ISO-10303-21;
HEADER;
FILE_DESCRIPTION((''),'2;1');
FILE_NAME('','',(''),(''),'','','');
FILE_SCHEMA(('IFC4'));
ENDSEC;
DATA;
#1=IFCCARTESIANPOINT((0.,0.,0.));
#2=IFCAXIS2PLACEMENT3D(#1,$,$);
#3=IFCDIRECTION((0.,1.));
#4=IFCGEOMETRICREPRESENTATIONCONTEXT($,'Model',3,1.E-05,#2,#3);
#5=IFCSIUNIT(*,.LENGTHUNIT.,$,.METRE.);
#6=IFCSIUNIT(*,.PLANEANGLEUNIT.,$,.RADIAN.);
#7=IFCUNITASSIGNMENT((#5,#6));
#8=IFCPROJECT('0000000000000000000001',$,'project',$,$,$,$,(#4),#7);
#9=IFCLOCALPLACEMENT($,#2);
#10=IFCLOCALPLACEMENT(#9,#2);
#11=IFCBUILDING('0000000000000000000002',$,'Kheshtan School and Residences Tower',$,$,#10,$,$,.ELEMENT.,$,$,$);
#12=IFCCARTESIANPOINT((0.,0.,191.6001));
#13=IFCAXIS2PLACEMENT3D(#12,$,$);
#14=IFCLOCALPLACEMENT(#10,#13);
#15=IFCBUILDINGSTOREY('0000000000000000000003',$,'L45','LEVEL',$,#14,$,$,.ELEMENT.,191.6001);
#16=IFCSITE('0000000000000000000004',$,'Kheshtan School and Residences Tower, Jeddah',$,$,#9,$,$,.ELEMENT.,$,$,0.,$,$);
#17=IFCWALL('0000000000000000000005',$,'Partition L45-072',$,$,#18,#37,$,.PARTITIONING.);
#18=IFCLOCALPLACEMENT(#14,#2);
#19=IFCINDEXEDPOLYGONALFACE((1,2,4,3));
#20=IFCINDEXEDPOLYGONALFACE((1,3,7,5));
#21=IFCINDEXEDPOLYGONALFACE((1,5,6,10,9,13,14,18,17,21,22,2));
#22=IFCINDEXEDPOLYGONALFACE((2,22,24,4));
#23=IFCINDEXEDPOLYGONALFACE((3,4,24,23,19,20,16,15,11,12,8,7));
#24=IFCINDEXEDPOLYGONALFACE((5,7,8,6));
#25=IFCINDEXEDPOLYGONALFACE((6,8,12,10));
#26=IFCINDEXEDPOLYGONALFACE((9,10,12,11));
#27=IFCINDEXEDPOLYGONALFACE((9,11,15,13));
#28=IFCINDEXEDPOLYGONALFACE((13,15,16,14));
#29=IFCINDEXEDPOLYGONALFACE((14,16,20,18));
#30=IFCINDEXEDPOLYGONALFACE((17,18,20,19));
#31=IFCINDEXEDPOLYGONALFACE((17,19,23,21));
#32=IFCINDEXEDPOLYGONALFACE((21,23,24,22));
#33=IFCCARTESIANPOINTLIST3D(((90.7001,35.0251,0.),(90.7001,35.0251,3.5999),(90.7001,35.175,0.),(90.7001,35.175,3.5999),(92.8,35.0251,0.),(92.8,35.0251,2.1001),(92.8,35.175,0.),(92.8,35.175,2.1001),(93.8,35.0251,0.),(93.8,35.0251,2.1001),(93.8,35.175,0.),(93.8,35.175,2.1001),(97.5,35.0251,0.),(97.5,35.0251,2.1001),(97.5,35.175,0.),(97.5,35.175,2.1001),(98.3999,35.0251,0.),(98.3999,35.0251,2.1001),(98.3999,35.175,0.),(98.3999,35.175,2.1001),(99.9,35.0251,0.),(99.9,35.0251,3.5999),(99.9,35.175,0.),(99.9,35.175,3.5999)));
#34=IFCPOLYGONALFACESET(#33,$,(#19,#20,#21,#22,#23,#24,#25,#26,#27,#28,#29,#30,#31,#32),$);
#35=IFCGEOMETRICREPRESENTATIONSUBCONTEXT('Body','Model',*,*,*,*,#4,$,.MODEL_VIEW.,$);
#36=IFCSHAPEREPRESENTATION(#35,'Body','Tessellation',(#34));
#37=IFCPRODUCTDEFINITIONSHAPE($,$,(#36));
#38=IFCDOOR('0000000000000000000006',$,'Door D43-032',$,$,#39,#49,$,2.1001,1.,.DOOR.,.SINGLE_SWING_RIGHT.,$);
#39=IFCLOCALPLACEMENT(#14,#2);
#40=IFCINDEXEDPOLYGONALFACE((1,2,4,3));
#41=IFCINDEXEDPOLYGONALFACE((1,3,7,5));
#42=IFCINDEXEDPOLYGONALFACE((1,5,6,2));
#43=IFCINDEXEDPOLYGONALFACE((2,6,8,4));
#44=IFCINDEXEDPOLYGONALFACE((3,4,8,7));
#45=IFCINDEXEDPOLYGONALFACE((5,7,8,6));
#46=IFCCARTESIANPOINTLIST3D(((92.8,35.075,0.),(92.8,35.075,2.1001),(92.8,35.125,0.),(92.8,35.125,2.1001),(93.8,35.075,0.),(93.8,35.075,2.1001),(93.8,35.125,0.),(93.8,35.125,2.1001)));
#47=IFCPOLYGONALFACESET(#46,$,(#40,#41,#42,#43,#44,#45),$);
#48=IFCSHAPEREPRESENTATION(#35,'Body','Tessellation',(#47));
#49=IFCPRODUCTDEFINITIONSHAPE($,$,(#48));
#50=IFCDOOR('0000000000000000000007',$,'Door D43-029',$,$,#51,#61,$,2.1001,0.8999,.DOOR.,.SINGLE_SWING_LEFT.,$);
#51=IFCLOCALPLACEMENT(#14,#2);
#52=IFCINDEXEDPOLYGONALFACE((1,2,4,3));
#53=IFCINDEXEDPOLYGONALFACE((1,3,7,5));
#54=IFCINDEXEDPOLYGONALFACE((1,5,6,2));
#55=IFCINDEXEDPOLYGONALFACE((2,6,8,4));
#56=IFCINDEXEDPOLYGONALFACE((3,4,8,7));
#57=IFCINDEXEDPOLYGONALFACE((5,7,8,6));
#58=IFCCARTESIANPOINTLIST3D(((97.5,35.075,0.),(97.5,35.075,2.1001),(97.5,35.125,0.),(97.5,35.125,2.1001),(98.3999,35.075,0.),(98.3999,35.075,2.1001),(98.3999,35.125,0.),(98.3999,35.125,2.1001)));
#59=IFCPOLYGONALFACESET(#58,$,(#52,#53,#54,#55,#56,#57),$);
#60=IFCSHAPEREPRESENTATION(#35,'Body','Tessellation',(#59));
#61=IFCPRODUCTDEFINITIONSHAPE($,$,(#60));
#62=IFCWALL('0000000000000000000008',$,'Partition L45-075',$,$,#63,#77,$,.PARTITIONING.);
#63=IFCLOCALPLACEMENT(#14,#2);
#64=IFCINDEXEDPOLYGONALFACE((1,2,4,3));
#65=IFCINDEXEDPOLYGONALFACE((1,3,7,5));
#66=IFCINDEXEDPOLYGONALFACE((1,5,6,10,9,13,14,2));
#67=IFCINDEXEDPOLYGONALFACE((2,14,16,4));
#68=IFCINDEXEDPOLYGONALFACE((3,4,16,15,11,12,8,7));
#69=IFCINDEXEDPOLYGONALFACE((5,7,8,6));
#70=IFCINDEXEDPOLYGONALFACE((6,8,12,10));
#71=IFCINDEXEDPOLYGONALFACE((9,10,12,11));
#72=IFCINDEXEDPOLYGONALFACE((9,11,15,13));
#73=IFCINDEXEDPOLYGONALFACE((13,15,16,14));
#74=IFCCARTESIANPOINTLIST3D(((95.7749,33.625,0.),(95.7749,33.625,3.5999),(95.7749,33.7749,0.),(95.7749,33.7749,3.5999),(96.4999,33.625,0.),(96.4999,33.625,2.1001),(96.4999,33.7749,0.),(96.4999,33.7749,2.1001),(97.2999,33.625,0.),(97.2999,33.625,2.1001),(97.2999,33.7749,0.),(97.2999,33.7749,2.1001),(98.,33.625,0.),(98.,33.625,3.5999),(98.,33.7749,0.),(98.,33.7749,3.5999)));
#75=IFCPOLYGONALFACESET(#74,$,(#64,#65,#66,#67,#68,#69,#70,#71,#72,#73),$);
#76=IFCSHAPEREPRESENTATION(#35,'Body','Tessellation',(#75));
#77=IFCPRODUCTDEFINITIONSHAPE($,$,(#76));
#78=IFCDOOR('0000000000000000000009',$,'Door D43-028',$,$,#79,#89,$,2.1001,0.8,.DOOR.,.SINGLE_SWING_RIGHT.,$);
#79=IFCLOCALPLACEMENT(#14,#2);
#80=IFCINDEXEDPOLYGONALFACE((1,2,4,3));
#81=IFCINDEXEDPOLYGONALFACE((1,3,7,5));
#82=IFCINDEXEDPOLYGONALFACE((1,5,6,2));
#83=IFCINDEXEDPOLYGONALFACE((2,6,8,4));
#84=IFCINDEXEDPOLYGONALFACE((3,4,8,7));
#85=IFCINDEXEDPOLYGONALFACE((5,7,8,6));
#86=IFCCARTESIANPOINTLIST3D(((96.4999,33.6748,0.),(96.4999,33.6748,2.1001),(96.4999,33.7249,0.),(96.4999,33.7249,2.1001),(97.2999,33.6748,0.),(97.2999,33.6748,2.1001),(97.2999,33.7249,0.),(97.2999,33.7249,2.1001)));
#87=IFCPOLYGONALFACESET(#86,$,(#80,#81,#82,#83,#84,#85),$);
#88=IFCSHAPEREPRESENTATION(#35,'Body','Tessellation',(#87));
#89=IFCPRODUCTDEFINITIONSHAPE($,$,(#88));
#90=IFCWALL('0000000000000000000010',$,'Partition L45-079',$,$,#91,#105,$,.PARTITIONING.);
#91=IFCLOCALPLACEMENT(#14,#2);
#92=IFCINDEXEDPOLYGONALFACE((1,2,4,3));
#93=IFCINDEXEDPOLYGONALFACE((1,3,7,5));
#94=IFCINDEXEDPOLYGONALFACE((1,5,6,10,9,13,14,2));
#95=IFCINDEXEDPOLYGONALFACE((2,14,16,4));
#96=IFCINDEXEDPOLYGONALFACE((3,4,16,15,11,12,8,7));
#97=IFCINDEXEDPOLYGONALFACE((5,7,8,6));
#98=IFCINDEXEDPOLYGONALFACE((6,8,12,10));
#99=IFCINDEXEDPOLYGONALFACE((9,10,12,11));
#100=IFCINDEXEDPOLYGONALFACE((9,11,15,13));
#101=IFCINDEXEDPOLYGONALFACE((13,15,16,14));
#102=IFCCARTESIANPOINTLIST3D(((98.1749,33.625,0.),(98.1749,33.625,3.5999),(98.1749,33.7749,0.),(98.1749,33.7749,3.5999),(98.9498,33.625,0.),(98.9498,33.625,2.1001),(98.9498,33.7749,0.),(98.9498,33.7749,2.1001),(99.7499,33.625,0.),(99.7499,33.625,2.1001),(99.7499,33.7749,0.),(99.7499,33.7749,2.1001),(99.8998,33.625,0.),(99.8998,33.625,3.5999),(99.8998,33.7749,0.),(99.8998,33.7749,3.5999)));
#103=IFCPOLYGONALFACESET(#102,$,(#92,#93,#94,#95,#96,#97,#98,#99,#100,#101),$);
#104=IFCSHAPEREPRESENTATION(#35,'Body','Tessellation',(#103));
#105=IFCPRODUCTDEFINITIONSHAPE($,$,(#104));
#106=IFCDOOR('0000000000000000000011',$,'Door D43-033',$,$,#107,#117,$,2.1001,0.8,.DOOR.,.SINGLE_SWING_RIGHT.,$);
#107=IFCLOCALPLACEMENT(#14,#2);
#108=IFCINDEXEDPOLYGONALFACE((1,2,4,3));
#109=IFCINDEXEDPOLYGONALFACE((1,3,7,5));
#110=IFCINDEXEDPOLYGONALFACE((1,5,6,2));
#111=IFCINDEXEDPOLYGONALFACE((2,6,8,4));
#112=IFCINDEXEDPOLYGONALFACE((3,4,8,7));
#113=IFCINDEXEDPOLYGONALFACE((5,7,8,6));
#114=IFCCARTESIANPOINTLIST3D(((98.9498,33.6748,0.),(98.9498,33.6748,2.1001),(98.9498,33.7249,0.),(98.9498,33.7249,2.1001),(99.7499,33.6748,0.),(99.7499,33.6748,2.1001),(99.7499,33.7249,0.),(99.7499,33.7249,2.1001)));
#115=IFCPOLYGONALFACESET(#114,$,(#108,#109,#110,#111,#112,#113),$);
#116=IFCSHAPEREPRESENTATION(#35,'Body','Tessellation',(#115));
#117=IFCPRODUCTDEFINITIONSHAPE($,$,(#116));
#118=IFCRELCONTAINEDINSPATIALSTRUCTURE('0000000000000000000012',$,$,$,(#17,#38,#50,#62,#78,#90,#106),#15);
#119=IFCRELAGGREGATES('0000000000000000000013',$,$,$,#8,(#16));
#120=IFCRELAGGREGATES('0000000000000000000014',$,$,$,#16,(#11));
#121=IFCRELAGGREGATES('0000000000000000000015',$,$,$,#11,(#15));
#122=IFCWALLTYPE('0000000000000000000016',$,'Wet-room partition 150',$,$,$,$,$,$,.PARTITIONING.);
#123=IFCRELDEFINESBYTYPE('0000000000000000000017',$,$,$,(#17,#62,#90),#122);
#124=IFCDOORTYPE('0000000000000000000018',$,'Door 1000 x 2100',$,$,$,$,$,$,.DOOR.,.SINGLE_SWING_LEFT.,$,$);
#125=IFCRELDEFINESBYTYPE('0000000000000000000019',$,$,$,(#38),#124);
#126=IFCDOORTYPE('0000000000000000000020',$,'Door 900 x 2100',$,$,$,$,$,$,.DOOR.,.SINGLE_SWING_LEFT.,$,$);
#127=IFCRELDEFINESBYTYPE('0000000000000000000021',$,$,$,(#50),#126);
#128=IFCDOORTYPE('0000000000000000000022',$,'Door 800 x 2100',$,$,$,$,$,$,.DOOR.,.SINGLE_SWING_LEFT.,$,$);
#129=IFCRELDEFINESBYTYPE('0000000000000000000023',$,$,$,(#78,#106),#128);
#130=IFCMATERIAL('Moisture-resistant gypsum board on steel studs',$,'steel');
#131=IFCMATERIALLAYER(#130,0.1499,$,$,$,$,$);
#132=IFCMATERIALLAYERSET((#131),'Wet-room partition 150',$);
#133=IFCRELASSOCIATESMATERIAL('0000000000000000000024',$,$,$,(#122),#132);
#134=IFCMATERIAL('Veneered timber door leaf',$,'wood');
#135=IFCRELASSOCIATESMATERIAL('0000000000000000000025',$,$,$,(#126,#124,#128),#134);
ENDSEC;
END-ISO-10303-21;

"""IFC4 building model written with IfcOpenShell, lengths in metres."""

from ifc_helpers import new_model, si_unit, direction, frame, frame_2d, origin, place, context, subcontext, project, spatial, rectangle, extrude, source, transform, mapped, material, layer, layer_set, type_object, element, fill, save


model = new_model("IFC4")

# Units and contexts
model_context = context("Model", 3, precision=1e-05, world=origin(), true_north=direction((0.0, 1.0)))
body_context = subcontext(model_context, "Body", "Model", "MODEL_VIEW")
ifc_project = project(units=[si_unit("LENGTHUNIT", "METRE"), si_unit("PLANEANGLEUNIT", "RADIAN")], contexts=[model_context])

# Site, building, storey
site_placement = place(None, origin())
site = spatial("IfcSite", under=ifc_project, at=site_placement, Name="Kheshtan School and Residences Tower, Jeddah", CompositionType="ELEMENT", RefElevation=0.0)
building_placement = place(site_placement, origin())
building = spatial("IfcBuilding", under=site, at=building_placement, Name="Kheshtan School and Residences Tower", CompositionType="ELEMENT")
storey_placement = place(building_placement, frame((0.0, 0.0, 191.6001)))
storey = spatial("IfcBuildingStorey", under=building, at=storey_placement, Name="L45", Description="LEVEL", CompositionType="ELEMENT", Elevation=191.6001)

# Shared definitions
ifc_material_1 = material(Name="Moisture-resistant gypsum board on steel studs", Category="steel")
ifc_layer_1 = layer(ifc_material_1, 0.1499)
ifc_layer_set_1 = layer_set([ifc_layer_1], Name="Wet-room partition 150")
wall_type_1 = type_object("IfcWallType", Name="Wet-room partition 150", PredefinedType="PARTITIONING", material=ifc_layer_set_1)

# Shared definitions
ifc_material_2 = material(Name="Veneered timber door leaf", Category="wood")
door_type_1 = type_object("IfcDoorType", Name="Door 900 x 2100", OperationType="SINGLE_SWING_LEFT", PredefinedType="DOOR", material=ifc_material_2)
shared_shape_1 = source(origin(), body_context, "Body", "SweptSolid", [
    extrude(rectangle(XDim=0.8999, YDim=2.1001, at=frame_2d((0.45, 1.05))), frame((0.0, 0.0249, 0.0), z_axis=(0.0, -1.0, 0.0), x_axis=(1.0, 0.0, 0.0)), (0.0, 0.0, 1.0), 0.05),
])

# Wall, openings, doors
wall_1_placement = place(storey_placement, frame((90.7, 35.1001, 0.0), z_axis=(0.0, 0.0, 1.0), x_axis=(1.0, 0.0, 0.0)))
wall_1 = element("IfcWall", 1, at=wall_1_placement, inside=storey, type_object=wall_type_1, Name="Partition L45-072", PredefinedType="PARTITIONING", context=body_context, shape_type="SweptSolid", body=[
    extrude(rectangle(XDim=9.2, YDim=0.1499, at=frame_2d((4.6001, 0.0))), origin(), (0.0, 0.0, 1.0), 3.5999),
])
opening_1_placement = place(wall_1_placement, frame((6.8, 0.0, 0.0)))
opening_1 = element("IfcOpeningElement", 2, at=opening_1_placement, cuts=wall_1, PredefinedType="OPENING", context=body_context, shape_type="SweptSolid", body=[
    extrude(rectangle(XDim=0.8999, YDim=2.1001, at=frame_2d((0.45, 1.05))), frame((0.0, 0.085, 0.0), z_axis=(0.0, -1.0, 0.0), x_axis=(1.0, 0.0, 0.0)), (0.0, 0.0, 1.0), 0.1699),
])
opening_2_placement = place(wall_1_placement, frame((2.1001, 0.0, 0.0)))
opening_2 = element("IfcOpeningElement", 3, at=opening_2_placement, cuts=wall_1, PredefinedType="OPENING", context=body_context, shape_type="SweptSolid", body=[
    extrude(rectangle(XDim=1.0, YDim=2.1001, at=frame_2d((0.5, 1.05))), frame((0.0, 0.085, 0.0), z_axis=(0.0, -1.0, 0.0), x_axis=(1.0, 0.0, 0.0)), (0.0, 0.0, 1.0), 0.1699),
])
door_type_2 = type_object("IfcDoorType", Name="Door 1000 x 2100", OperationType="SINGLE_SWING_LEFT", PredefinedType="DOOR", material=ifc_material_2)
shared_shape_2 = source(origin(), body_context, "Body", "SweptSolid", [
    extrude(rectangle(XDim=1.0, YDim=2.1001, at=frame_2d((0.5, 1.05))), frame((0.0, 0.0249, 0.0), z_axis=(0.0, -1.0, 0.0), x_axis=(1.0, 0.0, 0.0)), (0.0, 0.0, 1.0), 0.05),
])
door_1_placement = place(opening_2_placement, origin())
door_1 = element("IfcDoor", 4, at=door_1_placement, inside=storey, type_object=door_type_2, Name="Door D43-032", OperationType="SINGLE_SWING_RIGHT", OverallHeight=2.1001, OverallWidth=1.0, PredefinedType="DOOR", context=body_context, shape_type="MappedRepresentation", body=[
    mapped(shared_shape_2, transform((0.0, 0.0, 0.0), x_axis=(1.0, 0.0, 0.0), y_axis=(0.0, 1.0, 0.0), z_axis=(0.0, 0.0, 1.0), scale=1.0)),
])
fill(opening_2, door_1)
door_2_placement = place(opening_1_placement, origin())
door_2 = element("IfcDoor", 5, at=door_2_placement, inside=storey, type_object=door_type_1, Name="Door D43-029", OperationType="SINGLE_SWING_LEFT", OverallHeight=2.1001, OverallWidth=0.8999, PredefinedType="DOOR", context=body_context, shape_type="MappedRepresentation", body=[
    mapped(shared_shape_1, transform((0.0, 0.0, 0.0), x_axis=(1.0, 0.0, 0.0), y_axis=(0.0, 1.0, 0.0), z_axis=(0.0, 0.0, 1.0), scale=1.0)),
])
fill(opening_1, door_2)

# Walls, openings, doors
wall_2_placement = place(storey_placement, frame((95.7749, 33.7, 0.0), z_axis=(0.0, 0.0, 1.0), x_axis=(1.0, 0.0, 0.0)))
wall_2 = element("IfcWall", 6, at=wall_2_placement, inside=storey, type_object=wall_type_1, Name="Partition L45-075", PredefinedType="PARTITIONING", context=body_context, shape_type="SweptSolid", body=[
    extrude(rectangle(XDim=2.2251, YDim=0.1499, at=frame_2d((1.1125, 0.0))), origin(), (0.0, 0.0, 1.0), 3.5999),
])
opening_3_placement = place(wall_2_placement, frame((0.7251, 0.0, 0.0)))
opening_3 = element("IfcOpeningElement", 7, at=opening_3_placement, cuts=wall_2, PredefinedType="OPENING", context=body_context, shape_type="SweptSolid", body=[
    extrude(rectangle(XDim=0.8, YDim=2.1001, at=frame_2d((0.3999, 1.05))), frame((0.0, 0.085, 0.0), z_axis=(0.0, -1.0, 0.0), x_axis=(1.0, 0.0, 0.0)), (0.0, 0.0, 1.0), 0.1699),
])
door_type_3 = type_object("IfcDoorType", Name="Door 800 x 2100", OperationType="SINGLE_SWING_LEFT", PredefinedType="DOOR", material=ifc_material_2)
shared_shape_3 = source(origin(), body_context, "Body", "SweptSolid", [
    extrude(rectangle(XDim=0.8, YDim=2.1001, at=frame_2d((0.3999, 1.05))), frame((0.0, 0.0249, 0.0), z_axis=(0.0, -1.0, 0.0), x_axis=(1.0, 0.0, 0.0)), (0.0, 0.0, 1.0), 0.05),
])
door_3_placement = place(opening_3_placement, origin())
door_3 = element("IfcDoor", 8, at=door_3_placement, inside=storey, type_object=door_type_3, Name="Door D43-028", OperationType="SINGLE_SWING_RIGHT", OverallHeight=2.1001, OverallWidth=0.8, PredefinedType="DOOR", context=body_context, shape_type="MappedRepresentation", body=[
    mapped(shared_shape_3, transform((0.0, 0.0, 0.0), x_axis=(1.0, 0.0, 0.0), y_axis=(0.0, 1.0, 0.0), z_axis=(0.0, 0.0, 1.0), scale=1.0)),
])
fill(opening_3, door_3)
wall_3_placement = place(storey_placement, frame((98.175, 33.7, 0.0), z_axis=(0.0, 0.0, 1.0), x_axis=(1.0, 0.0, 0.0)))
wall_3 = element("IfcWall", 9, at=wall_3_placement, inside=storey, type_object=wall_type_1, Name="Partition L45-079", PredefinedType="PARTITIONING", context=body_context, shape_type="SweptSolid", body=[
    extrude(rectangle(XDim=1.7249, YDim=0.1499, at=frame_2d((0.8623, 0.0))), origin(), (0.0, 0.0, 1.0), 3.5999),
])
opening_4_placement = place(wall_3_placement, frame((0.7749, 0.0, 0.0)))
opening_4 = element("IfcOpeningElement", 10, at=opening_4_placement, cuts=wall_3, PredefinedType="OPENING", context=body_context, shape_type="SweptSolid", body=[
    extrude(rectangle(XDim=0.8, YDim=2.1001, at=frame_2d((0.3999, 1.05))), frame((0.0, 0.085, 0.0), z_axis=(0.0, -1.0, 0.0), x_axis=(1.0, 0.0, 0.0)), (0.0, 0.0, 1.0), 0.1699),
])
door_4_placement = place(opening_4_placement, origin())
door_4 = element("IfcDoor", 11, at=door_4_placement, inside=storey, type_object=door_type_3, Name="Door D43-033", OperationType="SINGLE_SWING_RIGHT", OverallHeight=2.1001, OverallWidth=0.8, PredefinedType="DOOR", context=body_context, shape_type="MappedRepresentation", body=[
    mapped(shared_shape_3, transform((0.0, 0.0, 0.0), x_axis=(1.0, 0.0, 0.0), y_axis=(0.0, 1.0, 0.0), z_axis=(0.0, 0.0, 1.0), scale=1.0)),
])
fill(opening_4, door_4)

save(model, "model.ifc")
